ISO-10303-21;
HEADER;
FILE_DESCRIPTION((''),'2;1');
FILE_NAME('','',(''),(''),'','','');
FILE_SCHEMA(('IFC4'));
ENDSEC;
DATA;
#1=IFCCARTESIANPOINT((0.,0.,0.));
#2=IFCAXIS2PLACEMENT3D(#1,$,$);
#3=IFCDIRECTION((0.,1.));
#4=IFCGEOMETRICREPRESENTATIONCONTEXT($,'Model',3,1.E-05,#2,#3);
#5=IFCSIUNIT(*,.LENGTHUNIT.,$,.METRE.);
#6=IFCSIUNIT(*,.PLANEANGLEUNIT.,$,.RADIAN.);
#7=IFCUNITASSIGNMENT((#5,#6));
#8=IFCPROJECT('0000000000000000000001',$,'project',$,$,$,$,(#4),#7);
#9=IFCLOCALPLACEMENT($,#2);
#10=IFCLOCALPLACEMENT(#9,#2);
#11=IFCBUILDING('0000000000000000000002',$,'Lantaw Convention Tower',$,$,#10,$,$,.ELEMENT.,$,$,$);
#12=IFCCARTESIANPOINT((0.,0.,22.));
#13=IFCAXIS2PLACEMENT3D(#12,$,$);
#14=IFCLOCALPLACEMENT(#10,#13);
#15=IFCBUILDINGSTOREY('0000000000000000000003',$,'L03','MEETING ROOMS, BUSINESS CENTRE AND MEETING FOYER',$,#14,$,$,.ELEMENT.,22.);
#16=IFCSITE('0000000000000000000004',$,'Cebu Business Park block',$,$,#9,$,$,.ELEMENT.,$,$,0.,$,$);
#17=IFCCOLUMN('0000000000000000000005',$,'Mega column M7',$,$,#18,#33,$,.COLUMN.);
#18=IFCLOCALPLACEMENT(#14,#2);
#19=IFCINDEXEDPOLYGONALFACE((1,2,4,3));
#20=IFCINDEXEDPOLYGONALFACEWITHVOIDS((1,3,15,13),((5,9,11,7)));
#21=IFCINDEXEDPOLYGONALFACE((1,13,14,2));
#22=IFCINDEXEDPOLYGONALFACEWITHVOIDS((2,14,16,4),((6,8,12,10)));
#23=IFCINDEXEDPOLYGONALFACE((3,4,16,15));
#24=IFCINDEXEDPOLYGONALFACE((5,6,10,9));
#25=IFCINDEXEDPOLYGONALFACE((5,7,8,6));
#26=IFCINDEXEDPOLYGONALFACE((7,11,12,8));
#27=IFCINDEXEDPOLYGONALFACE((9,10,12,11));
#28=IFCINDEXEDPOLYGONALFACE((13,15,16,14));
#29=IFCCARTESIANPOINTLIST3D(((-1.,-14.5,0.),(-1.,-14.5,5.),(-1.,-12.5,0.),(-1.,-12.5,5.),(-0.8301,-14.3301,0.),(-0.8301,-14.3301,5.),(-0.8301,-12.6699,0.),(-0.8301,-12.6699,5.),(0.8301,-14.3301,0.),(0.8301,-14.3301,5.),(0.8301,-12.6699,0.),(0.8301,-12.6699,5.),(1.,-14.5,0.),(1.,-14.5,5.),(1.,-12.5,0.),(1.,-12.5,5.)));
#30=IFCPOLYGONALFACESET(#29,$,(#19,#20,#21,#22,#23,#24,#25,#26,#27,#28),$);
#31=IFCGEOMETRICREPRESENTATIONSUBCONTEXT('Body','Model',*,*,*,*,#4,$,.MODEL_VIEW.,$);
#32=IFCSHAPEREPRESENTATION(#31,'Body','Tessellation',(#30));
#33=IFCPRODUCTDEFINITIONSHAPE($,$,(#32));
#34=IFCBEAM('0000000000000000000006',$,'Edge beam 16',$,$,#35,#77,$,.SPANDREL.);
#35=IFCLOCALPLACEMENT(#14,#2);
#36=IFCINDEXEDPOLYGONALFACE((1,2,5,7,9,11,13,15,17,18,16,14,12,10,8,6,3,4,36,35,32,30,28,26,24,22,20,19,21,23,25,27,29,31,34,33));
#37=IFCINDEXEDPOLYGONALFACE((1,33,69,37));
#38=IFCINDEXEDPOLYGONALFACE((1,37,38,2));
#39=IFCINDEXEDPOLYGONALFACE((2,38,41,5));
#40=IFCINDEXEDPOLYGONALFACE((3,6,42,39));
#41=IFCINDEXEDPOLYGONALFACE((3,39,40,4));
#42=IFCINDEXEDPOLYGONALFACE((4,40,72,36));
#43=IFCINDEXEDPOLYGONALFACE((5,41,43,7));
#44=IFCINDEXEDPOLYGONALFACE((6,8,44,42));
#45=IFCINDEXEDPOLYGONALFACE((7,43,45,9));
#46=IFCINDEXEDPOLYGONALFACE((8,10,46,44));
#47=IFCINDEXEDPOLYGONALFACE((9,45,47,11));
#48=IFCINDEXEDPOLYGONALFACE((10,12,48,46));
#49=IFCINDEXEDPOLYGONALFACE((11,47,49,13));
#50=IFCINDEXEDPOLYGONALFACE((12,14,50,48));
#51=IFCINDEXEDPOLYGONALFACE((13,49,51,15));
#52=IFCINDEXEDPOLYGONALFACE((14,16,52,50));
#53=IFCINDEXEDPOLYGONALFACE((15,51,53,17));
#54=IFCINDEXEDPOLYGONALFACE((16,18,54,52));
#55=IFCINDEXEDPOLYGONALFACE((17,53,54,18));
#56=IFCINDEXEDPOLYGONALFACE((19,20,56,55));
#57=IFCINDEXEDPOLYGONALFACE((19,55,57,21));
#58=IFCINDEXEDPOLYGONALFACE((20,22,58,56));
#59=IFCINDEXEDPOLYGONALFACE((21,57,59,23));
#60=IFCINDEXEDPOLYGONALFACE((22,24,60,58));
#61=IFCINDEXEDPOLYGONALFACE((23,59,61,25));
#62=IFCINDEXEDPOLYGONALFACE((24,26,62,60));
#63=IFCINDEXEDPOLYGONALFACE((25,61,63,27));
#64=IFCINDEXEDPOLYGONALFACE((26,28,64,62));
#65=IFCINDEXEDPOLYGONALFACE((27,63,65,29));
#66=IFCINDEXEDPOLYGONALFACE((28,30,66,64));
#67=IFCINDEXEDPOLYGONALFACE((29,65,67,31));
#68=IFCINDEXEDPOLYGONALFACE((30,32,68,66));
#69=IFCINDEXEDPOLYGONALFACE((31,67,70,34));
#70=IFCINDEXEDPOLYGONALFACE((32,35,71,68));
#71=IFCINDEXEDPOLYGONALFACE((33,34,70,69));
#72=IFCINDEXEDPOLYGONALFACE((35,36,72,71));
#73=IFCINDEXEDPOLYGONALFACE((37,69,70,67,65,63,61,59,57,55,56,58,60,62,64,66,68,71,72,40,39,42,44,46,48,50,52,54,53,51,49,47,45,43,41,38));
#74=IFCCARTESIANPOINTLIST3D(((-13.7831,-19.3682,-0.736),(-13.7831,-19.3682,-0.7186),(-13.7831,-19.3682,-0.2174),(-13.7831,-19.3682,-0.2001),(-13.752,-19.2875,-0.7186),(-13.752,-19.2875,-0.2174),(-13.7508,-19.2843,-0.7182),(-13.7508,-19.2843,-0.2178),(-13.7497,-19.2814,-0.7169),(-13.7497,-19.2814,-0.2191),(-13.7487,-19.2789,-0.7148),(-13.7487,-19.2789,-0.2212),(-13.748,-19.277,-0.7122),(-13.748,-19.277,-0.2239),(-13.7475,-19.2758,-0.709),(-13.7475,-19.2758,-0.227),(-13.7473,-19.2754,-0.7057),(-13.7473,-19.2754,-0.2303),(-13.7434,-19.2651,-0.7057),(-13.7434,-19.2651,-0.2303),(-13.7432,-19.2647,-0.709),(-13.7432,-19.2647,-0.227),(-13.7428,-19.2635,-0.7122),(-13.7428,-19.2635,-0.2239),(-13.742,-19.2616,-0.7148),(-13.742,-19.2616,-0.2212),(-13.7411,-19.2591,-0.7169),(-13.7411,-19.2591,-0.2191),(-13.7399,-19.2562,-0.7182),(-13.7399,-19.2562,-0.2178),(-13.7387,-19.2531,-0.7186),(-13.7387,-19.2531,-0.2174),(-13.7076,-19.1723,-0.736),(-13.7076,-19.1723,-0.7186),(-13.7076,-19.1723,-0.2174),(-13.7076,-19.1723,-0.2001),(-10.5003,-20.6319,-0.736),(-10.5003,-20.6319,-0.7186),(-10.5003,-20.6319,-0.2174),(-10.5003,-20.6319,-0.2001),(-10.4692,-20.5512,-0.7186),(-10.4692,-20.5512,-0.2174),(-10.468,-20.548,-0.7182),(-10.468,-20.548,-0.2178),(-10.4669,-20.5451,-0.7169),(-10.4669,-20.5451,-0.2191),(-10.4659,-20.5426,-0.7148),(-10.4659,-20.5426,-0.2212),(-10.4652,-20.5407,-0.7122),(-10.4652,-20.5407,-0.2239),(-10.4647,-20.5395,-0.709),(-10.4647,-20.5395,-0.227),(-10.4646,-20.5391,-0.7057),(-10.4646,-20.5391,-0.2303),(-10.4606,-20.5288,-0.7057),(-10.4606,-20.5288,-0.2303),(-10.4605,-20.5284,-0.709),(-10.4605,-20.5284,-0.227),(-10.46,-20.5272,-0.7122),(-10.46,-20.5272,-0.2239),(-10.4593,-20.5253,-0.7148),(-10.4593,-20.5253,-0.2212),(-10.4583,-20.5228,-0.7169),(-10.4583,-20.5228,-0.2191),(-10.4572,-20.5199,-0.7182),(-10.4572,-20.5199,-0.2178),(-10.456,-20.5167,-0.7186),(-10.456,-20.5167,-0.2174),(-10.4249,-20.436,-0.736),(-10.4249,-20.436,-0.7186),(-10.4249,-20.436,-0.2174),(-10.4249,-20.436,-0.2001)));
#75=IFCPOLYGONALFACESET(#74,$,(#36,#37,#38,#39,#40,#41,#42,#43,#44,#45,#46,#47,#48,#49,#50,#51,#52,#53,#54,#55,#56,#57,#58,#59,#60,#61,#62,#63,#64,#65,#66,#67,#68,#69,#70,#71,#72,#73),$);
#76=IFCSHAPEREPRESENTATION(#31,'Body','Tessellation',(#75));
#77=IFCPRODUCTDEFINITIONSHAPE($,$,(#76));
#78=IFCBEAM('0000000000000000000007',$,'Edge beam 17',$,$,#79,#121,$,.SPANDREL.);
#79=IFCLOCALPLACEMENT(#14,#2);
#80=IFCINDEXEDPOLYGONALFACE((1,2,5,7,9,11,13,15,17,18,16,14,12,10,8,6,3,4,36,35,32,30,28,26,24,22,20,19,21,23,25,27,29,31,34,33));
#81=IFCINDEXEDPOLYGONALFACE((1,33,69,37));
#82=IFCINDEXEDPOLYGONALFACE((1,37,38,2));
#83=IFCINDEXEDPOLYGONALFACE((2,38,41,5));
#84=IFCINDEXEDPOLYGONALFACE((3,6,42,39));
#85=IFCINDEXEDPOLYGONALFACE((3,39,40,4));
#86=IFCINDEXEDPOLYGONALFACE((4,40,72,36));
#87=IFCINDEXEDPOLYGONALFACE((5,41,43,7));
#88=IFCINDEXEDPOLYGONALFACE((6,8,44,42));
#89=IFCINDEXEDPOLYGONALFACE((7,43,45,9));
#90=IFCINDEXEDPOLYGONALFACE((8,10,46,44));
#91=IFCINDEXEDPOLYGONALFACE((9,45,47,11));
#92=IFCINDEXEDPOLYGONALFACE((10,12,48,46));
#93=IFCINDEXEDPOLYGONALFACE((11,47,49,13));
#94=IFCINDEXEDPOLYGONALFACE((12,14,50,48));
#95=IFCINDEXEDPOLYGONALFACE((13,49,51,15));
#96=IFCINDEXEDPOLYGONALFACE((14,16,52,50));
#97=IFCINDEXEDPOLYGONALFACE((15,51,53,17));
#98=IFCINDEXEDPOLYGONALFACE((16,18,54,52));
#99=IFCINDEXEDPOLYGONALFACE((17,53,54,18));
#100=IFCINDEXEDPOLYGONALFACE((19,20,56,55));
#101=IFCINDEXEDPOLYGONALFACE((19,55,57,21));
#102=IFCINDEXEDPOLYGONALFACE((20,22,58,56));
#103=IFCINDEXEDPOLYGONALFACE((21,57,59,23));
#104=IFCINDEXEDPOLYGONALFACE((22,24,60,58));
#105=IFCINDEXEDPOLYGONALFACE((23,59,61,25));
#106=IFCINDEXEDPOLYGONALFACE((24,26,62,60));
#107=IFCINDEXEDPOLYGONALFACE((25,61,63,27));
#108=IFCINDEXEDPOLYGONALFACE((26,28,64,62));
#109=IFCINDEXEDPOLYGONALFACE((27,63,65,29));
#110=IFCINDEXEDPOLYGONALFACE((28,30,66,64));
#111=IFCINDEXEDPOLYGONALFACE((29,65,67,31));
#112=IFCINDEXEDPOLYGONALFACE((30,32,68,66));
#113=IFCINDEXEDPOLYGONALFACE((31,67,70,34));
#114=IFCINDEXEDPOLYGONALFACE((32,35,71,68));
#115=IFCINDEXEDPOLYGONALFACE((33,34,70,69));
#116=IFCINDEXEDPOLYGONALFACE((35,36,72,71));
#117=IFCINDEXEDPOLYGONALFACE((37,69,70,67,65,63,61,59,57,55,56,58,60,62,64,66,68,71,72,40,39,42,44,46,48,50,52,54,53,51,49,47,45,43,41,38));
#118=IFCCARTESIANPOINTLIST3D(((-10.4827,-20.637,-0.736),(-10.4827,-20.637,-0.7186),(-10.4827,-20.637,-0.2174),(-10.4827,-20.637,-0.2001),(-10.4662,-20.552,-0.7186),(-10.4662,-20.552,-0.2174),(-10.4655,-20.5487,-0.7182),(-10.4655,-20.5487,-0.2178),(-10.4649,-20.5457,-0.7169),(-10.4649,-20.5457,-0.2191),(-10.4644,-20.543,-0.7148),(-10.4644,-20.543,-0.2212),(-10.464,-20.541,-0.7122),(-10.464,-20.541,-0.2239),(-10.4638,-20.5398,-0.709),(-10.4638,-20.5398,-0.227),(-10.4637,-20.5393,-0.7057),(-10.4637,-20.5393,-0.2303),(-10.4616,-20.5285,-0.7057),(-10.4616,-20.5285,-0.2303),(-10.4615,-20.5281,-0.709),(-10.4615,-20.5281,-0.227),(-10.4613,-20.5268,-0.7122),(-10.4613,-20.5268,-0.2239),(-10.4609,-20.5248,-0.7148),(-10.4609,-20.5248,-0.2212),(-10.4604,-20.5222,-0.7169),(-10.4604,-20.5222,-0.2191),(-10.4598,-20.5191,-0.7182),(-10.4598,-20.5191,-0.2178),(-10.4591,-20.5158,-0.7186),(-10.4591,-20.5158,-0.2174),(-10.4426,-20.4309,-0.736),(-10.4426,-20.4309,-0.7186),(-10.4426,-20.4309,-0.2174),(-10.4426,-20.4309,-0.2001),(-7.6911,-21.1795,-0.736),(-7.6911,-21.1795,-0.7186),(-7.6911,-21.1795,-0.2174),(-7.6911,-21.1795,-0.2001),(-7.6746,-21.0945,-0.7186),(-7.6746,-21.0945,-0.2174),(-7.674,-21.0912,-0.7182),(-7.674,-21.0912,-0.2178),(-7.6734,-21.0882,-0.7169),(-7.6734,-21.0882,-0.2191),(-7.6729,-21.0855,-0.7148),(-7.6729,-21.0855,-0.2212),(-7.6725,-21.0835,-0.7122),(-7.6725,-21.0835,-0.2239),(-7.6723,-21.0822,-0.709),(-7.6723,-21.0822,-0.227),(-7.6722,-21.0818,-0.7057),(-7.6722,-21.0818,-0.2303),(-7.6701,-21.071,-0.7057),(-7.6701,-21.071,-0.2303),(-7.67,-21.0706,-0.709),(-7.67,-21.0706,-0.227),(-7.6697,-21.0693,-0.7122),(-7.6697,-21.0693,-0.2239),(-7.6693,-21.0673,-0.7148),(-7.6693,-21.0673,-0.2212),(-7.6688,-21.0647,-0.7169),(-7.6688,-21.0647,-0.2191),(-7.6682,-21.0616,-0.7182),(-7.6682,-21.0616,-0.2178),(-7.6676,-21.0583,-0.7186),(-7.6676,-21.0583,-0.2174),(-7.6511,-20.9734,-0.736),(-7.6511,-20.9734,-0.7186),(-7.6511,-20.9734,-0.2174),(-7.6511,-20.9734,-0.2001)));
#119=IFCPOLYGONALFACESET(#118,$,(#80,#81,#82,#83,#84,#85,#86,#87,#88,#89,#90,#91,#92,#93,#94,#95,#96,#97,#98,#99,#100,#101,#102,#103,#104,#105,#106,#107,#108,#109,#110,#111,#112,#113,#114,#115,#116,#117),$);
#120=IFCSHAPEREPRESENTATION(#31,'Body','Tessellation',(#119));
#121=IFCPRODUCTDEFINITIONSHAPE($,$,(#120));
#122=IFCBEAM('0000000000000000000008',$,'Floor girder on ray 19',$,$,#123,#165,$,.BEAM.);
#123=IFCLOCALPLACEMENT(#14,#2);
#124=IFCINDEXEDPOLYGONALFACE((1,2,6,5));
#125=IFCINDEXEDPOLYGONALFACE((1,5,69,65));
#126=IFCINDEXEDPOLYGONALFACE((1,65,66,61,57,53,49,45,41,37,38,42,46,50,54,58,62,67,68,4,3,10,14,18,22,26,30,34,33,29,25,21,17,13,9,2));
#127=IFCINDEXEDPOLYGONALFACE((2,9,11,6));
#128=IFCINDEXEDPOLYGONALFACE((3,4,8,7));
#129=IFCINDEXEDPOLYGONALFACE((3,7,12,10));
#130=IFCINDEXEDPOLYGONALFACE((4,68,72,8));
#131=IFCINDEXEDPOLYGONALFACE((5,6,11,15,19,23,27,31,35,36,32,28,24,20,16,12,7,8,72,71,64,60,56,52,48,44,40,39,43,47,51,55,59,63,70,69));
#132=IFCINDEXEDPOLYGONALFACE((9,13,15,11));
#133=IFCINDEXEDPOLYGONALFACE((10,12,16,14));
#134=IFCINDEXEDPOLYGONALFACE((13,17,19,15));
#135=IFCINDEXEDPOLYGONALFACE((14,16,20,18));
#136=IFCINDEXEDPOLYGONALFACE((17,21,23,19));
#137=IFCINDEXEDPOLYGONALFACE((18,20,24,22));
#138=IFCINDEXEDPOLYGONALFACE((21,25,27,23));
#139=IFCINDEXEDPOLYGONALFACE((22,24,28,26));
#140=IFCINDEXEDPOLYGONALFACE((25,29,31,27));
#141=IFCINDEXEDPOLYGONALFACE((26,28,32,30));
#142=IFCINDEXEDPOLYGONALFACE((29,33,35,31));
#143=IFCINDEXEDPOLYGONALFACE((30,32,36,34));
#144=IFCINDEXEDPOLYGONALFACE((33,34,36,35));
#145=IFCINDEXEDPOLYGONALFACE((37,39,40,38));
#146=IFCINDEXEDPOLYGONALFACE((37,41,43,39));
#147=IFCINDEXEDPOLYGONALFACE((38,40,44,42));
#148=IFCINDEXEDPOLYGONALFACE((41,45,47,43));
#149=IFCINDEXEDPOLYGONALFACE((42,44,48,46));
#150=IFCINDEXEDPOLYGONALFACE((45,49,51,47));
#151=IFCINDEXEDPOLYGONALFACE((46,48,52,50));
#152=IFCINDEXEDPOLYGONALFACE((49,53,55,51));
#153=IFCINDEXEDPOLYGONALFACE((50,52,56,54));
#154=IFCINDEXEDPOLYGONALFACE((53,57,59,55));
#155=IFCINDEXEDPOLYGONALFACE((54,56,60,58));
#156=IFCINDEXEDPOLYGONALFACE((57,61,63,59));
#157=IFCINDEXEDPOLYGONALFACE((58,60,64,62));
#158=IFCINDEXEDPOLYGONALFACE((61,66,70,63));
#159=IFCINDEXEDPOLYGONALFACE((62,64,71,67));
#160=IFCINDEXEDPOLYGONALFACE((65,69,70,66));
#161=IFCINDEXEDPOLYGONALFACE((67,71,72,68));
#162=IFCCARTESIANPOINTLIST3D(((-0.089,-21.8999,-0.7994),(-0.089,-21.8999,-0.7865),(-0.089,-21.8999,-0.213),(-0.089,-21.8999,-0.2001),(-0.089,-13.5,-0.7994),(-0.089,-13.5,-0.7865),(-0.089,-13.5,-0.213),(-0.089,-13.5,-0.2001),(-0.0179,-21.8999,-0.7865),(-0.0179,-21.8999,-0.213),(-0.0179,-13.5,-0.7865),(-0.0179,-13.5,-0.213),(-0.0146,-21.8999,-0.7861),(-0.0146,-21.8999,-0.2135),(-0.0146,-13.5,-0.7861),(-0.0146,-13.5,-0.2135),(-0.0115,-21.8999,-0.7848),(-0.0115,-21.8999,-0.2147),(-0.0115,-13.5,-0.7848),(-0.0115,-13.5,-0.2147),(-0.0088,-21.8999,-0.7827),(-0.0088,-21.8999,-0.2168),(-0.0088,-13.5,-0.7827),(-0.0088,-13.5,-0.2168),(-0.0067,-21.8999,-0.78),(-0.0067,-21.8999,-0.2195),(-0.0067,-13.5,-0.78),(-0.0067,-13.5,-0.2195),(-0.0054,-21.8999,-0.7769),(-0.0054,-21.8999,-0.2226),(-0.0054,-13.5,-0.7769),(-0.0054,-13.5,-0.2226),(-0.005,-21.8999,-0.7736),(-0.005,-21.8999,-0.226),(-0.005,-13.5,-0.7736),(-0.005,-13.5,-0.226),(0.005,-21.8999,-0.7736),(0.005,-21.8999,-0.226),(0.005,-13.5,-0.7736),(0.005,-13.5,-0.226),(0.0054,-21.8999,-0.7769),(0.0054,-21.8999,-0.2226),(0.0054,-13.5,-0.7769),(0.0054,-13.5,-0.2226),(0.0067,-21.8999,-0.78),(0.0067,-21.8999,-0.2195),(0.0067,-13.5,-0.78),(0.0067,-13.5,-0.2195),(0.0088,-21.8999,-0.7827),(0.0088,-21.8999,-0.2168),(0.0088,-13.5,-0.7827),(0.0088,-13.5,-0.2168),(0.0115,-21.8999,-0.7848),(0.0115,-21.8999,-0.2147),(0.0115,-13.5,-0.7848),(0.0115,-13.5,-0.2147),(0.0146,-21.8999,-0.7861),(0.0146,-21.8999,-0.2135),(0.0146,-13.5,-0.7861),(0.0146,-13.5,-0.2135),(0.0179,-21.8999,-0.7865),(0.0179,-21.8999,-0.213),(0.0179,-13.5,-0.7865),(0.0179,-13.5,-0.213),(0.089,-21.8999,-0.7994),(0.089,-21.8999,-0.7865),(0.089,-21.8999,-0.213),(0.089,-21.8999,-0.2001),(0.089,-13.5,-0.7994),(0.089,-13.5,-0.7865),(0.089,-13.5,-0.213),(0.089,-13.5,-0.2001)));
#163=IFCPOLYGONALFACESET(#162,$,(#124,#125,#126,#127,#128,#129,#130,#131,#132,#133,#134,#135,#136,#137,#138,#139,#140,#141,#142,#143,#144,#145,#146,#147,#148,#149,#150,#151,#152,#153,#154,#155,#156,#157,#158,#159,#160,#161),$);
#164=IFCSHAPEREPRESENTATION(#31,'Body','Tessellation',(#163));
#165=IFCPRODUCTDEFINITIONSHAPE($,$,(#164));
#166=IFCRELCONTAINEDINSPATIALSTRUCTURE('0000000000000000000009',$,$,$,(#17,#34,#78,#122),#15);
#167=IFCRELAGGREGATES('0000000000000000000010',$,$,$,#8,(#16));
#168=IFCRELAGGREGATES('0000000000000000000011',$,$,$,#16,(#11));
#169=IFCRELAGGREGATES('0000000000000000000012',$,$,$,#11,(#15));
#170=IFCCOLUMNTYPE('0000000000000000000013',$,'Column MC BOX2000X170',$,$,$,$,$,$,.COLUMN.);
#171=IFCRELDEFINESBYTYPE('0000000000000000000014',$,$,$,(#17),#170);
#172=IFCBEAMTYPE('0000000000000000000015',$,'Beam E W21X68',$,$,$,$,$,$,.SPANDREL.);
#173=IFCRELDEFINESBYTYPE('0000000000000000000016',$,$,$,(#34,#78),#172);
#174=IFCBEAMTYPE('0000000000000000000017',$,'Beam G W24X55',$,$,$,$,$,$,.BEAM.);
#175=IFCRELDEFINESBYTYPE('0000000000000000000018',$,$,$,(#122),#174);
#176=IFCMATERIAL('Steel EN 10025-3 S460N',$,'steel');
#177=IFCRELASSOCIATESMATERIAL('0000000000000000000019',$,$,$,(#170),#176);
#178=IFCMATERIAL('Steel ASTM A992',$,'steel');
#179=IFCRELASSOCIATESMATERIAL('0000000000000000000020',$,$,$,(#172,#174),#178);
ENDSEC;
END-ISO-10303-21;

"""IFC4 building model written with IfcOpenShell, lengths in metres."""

from ifc_helpers import new_model, si_unit, direction, frame, origin, origin_2d, place, context, subcontext, project, spatial, rectangle, hollow_rectangle, i_section, extrude, material, material_profile, profile_set, type_object, element, save


model = new_model("IFC4")

# Units and contexts
model_context = context("Model", 3, precision=1e-05, world=origin(), true_north=direction((0.0, 1.0)))
body_context = subcontext(model_context, "Body", "Model", "MODEL_VIEW")
ifc_project = project(units=[si_unit("LENGTHUNIT", "METRE"), si_unit("PLANEANGLEUNIT", "RADIAN")], contexts=[model_context])

# Site, building, storey
site_placement = place(None, origin())
site = spatial("IfcSite", under=ifc_project, at=site_placement, Name="Cebu Business Park block", CompositionType="ELEMENT", RefElevation=0.0)
building_placement = place(site_placement, origin())
building = spatial("IfcBuilding", under=site, at=building_placement, Name="Lantaw Convention Tower", CompositionType="ELEMENT")
storey_placement = place(building_placement, frame((0.0, 0.0, 22.0)))
storey = spatial("IfcBuildingStorey", under=building, at=storey_placement, Name="L03", Description="MEETING ROOMS, BUSINESS CENTRE AND MEETING FOYER", CompositionType="ELEMENT", Elevation=22.0)

# Column
ifc_material_1 = material(Name="Steel EN 10025-3 S460N", Category="steel")
ifc_material_profile_1 = material_profile(ifc_material_1, hollow_rectangle(XDim=2.0, YDim=2.0, WallThickness=0.1699, at=origin_2d()), Name="BOX2000X170")
ifc_material_2 = material(Name="Concrete C60/75", Category="concrete")
ifc_material_profile_2 = material_profile(ifc_material_2, rectangle(XDim=1.6599, YDim=1.6599, at=origin_2d()), Name="Concrete fill of BOX2000X170")
ifc_profile_set_1 = profile_set([ifc_material_profile_1, ifc_material_profile_2], Name="Steel EN 10025-3 S460N")
column_type = type_object("IfcColumnType", Name="Column MC BOX2000X170", PredefinedType="COLUMN", material=ifc_profile_set_1)
column_placement = place(storey_placement, frame((0.0, -13.5, 0.0), z_axis=(0.0, 0.0, 1.0), x_axis=(1.0, 0.0, 0.0)))
element("IfcColumn", 1, at=column_placement, inside=storey, type_object=column_type, Name="Mega column M7", PredefinedType="COLUMN", context=body_context, shape_type="SweptSolid", body=[
    extrude(hollow_rectangle(XDim=2.0, YDim=2.0, WallThickness=0.1699, at=origin_2d()), origin(), (0.0, 0.0, 1.0), 5.0),
])

# Beams
ifc_material_3 = material(Name="Steel ASTM A992", Category="steel")
ifc_material_profile_3 = material_profile(ifc_material_3, i_section(OverallWidth=0.21, OverallDepth=0.5359, WebThickness=0.011, FlangeThickness=0.0173, FilletRadius=0.0129, at=origin_2d()), Name="W21X68")
ifc_profile_set_2 = profile_set([ifc_material_profile_3], Name="Steel ASTM A992")
beam_type_1 = type_object("IfcBeamType", Name="Beam E W21X68", PredefinedType="SPANDREL", material=ifc_profile_set_2)
beam_1_placement = place(storey_placement, frame((-13.7454, -19.2703, -0.468), z_axis=(0.933242, -0.359249, 0.0), x_axis=(0.359249, 0.933242, 0.0)))
element("IfcBeam", 2, at=beam_1_placement, inside=storey, type_object=beam_type_1, Name="Edge beam 16", PredefinedType="SPANDREL", context=body_context, shape_type="SweptSolid", body=[
    extrude(i_section(OverallWidth=0.21, OverallDepth=0.5359, WebThickness=0.011, FlangeThickness=0.0173, FilletRadius=0.0129, at=origin_2d()), origin(), (0.0, 0.0, 1.0), 3.5176),
])
beam_2_placement = place(storey_placement, frame((-10.4626, -20.5339, -0.468), z_axis=(0.981636, -0.190764, 0.0), x_axis=(0.190764, 0.981636, 0.0)))
element("IfcBeam", 3, at=beam_2_placement, inside=storey, type_object=beam_type_1, Name="Edge beam 17", PredefinedType="SPANDREL", context=body_context, shape_type="SweptSolid", body=[
    extrude(i_section(OverallWidth=0.21, OverallDepth=0.5359, WebThickness=0.011, FlangeThickness=0.0173, FilletRadius=0.0129, at=origin_2d()), origin(), (0.0, 0.0, 1.0), 2.8438),
])
ifc_material_profile_4 = material_profile(ifc_material_3, i_section(OverallWidth=0.178, OverallDepth=0.5994, WebThickness=0.01, FlangeThickness=0.0129, FilletRadius=0.0129, at=origin_2d()), Name="W24X55")
ifc_profile_set_3 = profile_set([ifc_material_profile_4], Name="Steel ASTM A992")
beam_type_2 = type_object("IfcBeamType", Name="Beam G W24X55", PredefinedType="BEAM", material=ifc_profile_set_3)
beam_3_placement = place(storey_placement, frame((0.0, -13.5, -0.4998), z_axis=(0.0, -1.0, 0.0), x_axis=(1.0, 0.0, 0.0)))
element("IfcBeam", 4, at=beam_3_placement, inside=storey, type_object=beam_type_2, Name="Floor girder on ray 19", PredefinedType="BEAM", context=body_context, shape_type="SweptSolid", body=[
    extrude(i_section(OverallWidth=0.178, OverallDepth=0.5994, WebThickness=0.01, FlangeThickness=0.0129, FilletRadius=0.0129, at=origin_2d()), origin(), (0.0, 0.0, 1.0), 8.3999),
])

save(model, "model.ifc")
